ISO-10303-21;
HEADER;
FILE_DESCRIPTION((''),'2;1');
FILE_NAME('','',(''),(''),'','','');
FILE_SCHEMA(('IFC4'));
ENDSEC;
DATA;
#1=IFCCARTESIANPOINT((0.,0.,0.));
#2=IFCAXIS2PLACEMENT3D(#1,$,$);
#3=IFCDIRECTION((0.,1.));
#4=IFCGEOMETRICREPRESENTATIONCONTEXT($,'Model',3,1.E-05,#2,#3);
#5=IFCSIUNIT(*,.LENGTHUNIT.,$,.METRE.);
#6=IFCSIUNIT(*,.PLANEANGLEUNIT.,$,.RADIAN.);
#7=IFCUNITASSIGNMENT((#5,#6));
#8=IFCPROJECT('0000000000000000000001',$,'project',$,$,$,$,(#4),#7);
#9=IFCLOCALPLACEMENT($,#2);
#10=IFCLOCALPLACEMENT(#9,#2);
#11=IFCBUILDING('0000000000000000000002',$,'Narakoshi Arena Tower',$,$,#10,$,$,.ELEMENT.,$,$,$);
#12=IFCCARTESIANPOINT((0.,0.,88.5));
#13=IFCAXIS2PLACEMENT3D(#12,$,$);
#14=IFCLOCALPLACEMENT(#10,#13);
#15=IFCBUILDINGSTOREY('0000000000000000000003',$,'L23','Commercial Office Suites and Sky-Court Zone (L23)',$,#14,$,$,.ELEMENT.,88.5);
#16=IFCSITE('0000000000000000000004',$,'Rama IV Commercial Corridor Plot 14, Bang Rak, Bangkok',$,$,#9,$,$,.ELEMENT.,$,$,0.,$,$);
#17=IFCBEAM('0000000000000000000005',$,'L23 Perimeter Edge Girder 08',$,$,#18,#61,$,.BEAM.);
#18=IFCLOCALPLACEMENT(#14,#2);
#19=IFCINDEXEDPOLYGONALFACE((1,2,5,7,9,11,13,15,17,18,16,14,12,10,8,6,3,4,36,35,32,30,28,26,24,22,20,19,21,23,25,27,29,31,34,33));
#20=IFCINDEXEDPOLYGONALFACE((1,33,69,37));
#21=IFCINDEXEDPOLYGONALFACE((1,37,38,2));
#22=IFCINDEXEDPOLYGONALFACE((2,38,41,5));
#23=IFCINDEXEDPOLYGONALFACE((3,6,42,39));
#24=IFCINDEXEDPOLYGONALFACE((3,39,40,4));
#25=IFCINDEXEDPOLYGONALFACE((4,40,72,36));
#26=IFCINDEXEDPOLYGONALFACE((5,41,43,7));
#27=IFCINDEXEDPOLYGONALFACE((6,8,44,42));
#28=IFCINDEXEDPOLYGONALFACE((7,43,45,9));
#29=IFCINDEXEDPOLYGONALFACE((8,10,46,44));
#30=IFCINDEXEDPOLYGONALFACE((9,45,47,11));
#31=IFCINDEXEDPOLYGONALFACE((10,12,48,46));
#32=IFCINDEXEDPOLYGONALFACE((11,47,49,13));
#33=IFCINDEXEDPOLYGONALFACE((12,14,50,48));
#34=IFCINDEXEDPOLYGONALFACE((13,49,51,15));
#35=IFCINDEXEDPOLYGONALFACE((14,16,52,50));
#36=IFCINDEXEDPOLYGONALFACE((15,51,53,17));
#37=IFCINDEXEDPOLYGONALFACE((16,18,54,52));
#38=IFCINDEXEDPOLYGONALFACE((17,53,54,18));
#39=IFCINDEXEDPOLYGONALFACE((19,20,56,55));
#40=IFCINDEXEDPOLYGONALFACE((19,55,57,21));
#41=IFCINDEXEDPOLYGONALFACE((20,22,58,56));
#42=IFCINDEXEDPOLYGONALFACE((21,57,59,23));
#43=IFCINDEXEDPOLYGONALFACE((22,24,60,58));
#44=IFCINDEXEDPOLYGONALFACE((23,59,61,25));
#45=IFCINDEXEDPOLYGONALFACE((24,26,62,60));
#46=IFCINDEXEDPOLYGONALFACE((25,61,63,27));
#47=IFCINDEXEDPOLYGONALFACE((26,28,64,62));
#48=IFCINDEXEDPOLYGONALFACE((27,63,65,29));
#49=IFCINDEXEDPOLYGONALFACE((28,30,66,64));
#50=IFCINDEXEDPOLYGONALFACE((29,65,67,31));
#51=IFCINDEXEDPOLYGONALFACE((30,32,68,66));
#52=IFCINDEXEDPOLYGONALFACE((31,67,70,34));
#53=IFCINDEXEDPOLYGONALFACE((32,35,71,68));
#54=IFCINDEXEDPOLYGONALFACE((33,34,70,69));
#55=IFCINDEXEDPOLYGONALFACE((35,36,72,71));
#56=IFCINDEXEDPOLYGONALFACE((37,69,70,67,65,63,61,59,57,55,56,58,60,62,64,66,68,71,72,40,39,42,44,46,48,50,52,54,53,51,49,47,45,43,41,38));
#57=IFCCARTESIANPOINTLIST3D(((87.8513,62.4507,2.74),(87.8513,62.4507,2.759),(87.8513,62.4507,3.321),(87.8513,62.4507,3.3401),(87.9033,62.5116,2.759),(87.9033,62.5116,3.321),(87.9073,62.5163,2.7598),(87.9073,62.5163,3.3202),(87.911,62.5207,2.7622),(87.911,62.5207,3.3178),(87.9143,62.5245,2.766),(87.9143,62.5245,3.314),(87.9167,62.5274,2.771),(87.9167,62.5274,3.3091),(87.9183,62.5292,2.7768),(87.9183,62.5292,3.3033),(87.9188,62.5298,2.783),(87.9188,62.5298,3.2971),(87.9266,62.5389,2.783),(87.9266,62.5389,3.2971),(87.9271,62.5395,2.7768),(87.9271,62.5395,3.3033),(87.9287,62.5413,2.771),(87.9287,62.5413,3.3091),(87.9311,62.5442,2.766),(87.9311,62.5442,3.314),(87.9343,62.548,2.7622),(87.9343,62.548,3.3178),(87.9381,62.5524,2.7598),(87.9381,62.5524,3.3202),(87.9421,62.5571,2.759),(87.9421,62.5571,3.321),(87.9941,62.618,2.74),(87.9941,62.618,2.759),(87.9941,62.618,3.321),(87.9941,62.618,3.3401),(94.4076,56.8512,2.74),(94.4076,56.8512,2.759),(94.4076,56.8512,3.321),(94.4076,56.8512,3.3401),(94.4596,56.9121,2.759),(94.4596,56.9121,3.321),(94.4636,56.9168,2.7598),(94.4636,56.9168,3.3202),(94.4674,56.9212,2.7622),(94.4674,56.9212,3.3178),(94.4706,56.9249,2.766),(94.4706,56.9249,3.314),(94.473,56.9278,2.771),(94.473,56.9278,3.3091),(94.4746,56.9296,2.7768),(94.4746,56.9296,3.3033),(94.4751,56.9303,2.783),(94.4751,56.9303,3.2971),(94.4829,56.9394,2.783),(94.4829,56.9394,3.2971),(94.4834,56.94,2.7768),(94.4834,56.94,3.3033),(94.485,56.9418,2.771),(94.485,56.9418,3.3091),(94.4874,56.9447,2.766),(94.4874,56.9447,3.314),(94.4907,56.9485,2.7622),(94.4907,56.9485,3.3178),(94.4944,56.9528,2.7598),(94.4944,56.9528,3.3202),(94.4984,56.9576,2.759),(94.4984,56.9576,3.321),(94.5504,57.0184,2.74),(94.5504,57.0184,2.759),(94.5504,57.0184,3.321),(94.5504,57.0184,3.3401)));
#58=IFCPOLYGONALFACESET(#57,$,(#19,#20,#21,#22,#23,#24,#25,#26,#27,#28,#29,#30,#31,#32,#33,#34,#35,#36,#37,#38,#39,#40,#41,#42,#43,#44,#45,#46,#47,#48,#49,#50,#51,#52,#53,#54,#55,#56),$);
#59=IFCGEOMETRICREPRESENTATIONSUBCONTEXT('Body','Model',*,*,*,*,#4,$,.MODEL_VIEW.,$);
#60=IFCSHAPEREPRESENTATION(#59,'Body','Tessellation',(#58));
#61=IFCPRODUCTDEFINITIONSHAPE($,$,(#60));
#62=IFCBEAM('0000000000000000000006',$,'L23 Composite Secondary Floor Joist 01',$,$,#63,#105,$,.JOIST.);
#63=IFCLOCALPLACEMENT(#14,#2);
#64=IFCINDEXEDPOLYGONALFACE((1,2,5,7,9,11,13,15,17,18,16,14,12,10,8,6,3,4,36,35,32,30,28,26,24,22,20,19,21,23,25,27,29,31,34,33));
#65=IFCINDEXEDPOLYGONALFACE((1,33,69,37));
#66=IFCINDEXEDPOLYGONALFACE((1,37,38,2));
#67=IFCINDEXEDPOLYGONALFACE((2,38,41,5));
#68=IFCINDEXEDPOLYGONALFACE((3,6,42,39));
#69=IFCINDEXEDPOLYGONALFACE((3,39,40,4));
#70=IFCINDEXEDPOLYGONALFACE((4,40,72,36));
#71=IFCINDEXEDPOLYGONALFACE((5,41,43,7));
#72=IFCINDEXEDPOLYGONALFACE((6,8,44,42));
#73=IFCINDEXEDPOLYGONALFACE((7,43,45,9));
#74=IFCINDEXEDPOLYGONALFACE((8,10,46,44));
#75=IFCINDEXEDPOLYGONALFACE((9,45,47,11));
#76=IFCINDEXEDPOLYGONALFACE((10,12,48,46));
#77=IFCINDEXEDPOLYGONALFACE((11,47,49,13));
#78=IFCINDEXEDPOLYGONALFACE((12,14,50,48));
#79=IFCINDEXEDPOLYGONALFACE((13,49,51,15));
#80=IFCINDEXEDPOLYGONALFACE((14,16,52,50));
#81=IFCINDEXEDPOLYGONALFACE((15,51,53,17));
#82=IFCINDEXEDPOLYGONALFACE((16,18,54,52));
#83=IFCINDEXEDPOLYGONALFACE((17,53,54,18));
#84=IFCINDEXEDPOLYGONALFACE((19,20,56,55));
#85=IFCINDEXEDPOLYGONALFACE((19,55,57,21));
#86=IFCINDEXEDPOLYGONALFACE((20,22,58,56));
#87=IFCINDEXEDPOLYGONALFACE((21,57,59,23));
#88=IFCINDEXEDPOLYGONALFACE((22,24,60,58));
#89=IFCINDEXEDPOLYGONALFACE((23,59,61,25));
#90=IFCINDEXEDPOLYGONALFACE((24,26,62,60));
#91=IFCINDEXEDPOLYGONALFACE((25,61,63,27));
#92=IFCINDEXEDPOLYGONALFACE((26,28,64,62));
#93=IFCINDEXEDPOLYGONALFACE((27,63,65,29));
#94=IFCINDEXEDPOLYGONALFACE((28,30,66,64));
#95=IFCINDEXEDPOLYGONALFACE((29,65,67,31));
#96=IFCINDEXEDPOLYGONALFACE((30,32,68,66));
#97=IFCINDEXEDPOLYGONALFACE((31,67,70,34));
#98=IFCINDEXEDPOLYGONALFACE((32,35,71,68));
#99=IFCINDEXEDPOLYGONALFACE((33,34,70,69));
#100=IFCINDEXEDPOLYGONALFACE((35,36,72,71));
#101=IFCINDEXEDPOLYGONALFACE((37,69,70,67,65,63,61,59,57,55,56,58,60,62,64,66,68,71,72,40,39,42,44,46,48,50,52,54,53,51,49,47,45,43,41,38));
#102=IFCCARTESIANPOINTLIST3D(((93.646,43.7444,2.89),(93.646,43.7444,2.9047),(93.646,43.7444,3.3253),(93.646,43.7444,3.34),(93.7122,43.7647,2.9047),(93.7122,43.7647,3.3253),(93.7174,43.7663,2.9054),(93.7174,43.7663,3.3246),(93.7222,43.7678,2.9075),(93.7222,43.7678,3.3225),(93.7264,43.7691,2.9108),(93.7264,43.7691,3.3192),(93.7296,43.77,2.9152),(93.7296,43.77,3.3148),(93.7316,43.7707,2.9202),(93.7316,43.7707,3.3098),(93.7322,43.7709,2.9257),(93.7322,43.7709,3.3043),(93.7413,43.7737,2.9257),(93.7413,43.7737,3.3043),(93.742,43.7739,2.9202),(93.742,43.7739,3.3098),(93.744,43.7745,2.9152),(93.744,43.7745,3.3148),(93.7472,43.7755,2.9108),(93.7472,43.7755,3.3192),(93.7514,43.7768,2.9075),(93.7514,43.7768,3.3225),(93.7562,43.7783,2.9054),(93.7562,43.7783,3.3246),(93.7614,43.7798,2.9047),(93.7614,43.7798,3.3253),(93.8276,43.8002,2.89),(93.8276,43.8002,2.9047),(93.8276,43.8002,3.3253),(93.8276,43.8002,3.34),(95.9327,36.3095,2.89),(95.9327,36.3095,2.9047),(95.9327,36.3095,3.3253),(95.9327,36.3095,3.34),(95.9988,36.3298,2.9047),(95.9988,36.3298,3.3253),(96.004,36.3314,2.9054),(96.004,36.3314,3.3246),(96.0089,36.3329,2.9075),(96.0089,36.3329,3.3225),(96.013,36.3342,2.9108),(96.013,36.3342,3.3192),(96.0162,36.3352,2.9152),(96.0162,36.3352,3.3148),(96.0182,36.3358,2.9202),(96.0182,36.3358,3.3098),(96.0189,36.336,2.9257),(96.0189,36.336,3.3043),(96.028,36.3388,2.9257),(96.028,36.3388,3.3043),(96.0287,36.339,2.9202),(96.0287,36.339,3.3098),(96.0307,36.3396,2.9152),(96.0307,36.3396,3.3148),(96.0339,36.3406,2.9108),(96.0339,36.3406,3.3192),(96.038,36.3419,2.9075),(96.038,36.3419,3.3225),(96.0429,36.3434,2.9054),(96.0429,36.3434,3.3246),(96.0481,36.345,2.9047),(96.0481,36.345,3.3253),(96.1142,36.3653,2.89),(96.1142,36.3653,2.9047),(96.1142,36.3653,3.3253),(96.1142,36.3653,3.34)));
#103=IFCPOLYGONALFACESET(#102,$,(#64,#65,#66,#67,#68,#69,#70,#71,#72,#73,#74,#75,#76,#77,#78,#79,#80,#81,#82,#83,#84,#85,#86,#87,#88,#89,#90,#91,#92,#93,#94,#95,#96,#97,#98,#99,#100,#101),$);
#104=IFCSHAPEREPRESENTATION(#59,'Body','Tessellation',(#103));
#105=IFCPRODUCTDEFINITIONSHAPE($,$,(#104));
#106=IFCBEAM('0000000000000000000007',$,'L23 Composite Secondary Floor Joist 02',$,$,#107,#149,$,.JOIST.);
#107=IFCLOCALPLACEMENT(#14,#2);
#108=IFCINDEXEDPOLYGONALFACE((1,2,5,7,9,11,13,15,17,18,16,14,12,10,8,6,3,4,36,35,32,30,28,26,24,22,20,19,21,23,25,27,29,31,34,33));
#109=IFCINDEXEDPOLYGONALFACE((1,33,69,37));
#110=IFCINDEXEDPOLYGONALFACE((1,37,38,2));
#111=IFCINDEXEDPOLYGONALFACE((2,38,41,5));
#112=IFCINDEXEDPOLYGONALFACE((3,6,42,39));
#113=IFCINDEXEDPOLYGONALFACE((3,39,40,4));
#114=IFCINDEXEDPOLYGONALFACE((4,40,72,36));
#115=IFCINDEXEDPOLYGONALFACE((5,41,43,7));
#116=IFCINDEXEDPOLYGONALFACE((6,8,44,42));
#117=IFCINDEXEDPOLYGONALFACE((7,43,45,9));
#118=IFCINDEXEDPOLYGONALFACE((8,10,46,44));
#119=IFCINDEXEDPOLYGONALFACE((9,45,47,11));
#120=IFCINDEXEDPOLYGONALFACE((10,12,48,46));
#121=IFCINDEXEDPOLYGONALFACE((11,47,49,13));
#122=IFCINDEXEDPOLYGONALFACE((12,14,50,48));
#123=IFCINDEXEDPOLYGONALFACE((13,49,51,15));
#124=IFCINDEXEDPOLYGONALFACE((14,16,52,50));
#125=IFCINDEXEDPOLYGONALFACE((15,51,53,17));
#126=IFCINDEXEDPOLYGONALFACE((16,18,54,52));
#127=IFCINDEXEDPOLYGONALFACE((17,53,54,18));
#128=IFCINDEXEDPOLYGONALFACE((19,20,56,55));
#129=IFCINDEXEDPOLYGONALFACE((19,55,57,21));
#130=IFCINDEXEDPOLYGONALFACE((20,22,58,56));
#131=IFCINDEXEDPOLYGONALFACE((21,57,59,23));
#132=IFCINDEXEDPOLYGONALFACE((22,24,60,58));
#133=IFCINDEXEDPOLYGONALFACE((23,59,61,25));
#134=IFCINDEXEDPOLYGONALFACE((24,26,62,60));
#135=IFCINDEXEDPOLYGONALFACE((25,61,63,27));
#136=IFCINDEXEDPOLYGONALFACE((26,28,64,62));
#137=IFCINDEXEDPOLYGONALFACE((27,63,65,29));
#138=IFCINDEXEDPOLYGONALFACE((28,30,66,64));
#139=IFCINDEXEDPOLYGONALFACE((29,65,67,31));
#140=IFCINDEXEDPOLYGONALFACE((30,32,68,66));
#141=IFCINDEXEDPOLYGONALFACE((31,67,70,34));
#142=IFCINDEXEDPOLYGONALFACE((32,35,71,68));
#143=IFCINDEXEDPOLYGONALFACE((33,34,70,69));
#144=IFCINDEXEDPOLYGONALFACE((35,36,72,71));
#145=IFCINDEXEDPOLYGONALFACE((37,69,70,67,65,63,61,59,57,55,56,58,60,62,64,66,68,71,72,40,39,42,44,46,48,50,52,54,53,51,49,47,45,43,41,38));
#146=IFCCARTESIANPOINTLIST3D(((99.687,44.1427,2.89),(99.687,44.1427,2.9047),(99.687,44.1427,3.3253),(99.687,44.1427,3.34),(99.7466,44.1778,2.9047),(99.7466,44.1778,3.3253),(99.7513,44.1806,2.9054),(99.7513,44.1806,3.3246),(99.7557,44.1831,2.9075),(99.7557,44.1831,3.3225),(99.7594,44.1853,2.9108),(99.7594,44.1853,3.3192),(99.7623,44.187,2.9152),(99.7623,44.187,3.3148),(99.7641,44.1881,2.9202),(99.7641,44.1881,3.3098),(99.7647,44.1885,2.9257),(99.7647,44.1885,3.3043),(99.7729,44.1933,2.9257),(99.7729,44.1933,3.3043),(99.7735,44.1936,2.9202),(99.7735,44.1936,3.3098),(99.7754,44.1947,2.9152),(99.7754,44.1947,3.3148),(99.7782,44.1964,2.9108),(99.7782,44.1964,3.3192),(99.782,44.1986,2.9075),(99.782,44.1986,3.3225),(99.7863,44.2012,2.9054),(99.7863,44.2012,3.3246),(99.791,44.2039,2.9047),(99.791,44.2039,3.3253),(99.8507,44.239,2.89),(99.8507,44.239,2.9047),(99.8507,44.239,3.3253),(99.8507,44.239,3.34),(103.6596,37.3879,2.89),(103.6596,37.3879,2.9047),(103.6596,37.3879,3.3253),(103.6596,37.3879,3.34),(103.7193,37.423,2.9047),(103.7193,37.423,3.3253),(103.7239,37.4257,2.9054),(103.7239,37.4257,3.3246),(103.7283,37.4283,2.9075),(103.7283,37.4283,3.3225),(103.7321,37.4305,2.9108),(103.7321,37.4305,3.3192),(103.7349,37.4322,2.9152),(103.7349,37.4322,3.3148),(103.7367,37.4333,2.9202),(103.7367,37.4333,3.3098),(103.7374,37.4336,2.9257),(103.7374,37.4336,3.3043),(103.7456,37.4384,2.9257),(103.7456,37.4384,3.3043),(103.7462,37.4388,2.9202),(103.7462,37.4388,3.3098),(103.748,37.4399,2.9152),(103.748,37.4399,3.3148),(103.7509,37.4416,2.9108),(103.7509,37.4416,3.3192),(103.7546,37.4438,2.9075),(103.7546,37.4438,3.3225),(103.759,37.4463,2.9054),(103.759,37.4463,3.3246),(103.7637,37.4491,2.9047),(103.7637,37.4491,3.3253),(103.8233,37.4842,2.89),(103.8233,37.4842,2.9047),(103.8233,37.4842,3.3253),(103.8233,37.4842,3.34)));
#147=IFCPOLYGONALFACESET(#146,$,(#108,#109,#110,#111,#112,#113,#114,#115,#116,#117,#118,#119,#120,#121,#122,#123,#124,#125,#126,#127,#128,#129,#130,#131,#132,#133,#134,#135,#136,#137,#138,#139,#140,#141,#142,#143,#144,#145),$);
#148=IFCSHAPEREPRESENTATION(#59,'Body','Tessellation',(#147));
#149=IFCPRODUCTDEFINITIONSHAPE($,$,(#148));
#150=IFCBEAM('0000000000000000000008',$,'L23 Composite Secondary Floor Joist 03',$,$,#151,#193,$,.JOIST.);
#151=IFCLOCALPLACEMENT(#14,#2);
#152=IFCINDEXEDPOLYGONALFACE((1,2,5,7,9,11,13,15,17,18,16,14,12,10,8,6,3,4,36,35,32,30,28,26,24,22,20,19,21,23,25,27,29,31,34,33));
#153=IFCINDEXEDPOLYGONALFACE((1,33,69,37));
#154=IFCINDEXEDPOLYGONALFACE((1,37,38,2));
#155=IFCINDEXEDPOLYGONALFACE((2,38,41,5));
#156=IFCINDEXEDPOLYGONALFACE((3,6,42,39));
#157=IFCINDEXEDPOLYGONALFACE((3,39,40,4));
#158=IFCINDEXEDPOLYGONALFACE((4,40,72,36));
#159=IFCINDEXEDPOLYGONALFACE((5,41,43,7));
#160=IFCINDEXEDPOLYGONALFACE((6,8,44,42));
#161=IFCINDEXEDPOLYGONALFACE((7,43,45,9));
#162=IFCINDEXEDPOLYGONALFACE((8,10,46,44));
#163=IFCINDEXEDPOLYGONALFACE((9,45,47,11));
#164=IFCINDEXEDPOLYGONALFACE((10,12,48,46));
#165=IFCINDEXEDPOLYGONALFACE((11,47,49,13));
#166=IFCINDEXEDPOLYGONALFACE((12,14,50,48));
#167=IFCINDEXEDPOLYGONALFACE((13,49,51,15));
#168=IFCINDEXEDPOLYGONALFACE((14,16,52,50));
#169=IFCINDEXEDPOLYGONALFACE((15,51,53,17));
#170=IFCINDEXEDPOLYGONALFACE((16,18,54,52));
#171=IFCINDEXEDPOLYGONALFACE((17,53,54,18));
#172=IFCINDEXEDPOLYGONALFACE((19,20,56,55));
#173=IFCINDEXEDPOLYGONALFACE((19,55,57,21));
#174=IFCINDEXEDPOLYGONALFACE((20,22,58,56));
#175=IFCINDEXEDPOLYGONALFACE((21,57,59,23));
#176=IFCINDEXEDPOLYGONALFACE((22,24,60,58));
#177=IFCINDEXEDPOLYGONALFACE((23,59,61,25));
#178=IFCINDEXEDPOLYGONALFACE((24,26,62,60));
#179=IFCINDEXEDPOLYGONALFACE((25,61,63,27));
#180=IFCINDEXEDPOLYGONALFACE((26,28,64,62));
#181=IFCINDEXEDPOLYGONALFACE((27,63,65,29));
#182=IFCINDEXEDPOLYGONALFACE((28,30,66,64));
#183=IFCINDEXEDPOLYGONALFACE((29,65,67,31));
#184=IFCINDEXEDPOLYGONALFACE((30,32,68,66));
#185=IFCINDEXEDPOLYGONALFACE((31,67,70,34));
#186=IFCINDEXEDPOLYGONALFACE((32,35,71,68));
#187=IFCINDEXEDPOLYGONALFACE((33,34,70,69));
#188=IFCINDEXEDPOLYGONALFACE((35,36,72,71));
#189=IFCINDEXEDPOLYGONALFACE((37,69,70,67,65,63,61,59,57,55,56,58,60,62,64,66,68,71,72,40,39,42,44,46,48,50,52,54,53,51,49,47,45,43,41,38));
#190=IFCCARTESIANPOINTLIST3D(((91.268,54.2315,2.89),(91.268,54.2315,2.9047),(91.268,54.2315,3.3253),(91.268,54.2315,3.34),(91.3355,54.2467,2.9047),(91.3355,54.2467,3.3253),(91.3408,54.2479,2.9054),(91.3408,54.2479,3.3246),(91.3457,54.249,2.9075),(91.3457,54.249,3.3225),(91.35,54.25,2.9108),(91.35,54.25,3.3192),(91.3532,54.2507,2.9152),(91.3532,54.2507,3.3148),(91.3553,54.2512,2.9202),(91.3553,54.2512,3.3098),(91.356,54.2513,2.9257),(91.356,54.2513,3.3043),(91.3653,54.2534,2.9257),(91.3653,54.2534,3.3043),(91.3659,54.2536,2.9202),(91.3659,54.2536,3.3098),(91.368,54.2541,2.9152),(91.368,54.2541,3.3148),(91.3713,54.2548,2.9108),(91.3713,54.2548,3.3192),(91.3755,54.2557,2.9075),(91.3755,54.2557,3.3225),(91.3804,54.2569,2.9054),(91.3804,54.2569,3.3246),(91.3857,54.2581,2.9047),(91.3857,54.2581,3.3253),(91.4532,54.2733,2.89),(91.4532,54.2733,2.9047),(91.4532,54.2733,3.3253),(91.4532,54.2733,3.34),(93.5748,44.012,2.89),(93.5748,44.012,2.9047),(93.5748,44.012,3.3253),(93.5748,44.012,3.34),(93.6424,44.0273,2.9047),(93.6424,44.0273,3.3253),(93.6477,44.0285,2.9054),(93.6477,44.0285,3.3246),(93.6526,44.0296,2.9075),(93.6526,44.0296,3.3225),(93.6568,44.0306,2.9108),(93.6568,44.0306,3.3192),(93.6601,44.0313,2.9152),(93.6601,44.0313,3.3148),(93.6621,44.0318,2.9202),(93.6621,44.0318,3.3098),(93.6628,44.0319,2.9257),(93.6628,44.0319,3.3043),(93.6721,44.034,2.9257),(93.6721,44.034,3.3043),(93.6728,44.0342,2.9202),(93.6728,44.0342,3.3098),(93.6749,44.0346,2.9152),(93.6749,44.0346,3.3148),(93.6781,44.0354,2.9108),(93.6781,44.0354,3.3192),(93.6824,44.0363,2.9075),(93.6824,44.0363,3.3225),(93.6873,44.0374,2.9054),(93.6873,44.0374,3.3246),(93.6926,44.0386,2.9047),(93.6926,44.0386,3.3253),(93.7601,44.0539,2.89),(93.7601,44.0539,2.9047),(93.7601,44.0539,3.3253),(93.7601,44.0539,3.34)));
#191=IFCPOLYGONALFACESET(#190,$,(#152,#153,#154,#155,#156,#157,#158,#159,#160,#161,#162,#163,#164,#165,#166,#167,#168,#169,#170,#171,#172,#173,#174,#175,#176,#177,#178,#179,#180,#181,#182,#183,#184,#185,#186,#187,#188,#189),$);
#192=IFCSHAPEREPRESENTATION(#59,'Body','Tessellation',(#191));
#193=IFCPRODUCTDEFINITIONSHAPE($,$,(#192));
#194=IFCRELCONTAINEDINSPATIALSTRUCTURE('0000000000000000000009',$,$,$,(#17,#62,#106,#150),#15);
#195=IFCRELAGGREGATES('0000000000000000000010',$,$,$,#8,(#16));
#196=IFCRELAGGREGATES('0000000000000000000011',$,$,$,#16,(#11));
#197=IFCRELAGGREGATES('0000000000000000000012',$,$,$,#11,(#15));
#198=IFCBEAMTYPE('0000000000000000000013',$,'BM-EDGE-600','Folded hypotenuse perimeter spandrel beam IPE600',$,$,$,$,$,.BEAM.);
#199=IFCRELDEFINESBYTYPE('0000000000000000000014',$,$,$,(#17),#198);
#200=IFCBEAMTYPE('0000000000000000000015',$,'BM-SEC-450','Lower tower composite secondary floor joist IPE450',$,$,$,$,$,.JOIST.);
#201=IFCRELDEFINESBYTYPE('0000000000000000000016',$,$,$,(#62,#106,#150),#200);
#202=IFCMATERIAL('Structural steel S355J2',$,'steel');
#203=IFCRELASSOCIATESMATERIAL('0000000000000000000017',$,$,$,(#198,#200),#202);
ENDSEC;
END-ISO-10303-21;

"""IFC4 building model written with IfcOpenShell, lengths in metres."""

from ifc_helpers import new_model, si_unit, direction, frame, origin, origin_2d, place, context, subcontext, project, spatial, i_section, extrude, material, material_profile, profile_set, type_object, element, save


model = new_model("IFC4")

# Units and contexts
model_context = context("Model", 3, precision=1e-05, world=origin(), true_north=direction((0.0, 1.0)))
body_context = subcontext(model_context, "Body", "Model", "MODEL_VIEW")
ifc_project = project(units=[si_unit("LENGTHUNIT", "METRE"), si_unit("PLANEANGLEUNIT", "RADIAN")], contexts=[model_context])

# Site, building, storey
site_placement = place(None, origin())
site = spatial("IfcSite", under=ifc_project, at=site_placement, Name="Rama IV Commercial Corridor Plot 14, Bang Rak, Bangkok", CompositionType="ELEMENT", RefElevation=0.0)
building_placement = place(site_placement, origin())
building = spatial("IfcBuilding", under=site, at=building_placement, Name="Narakoshi Arena Tower", CompositionType="ELEMENT")
storey_placement = place(building_placement, frame((0.0, 0.0, 88.5)))
storey = spatial("IfcBuildingStorey", under=building, at=storey_placement, Name="L23", Description="Commercial Office Suites and Sky-Court Zone (L23)", CompositionType="ELEMENT", Elevation=88.5)

# Beams
ifc_material_1 = material(Name="Structural steel S355J2", Category="steel")
ifc_material_profile_1 = material_profile(ifc_material_1, i_section(OverallWidth=0.22, OverallDepth=0.6001, WebThickness=0.012, FlangeThickness=0.019, FilletRadius=0.0239, at=origin_2d()), Name="IPE600")
ifc_profile_set_1 = profile_set([ifc_material_profile_1], Name="Structural steel S355J2")
beam_type_1 = type_object("IfcBeamType", Name="BM-EDGE-600", Description="Folded hypotenuse perimeter spandrel beam IPE600", PredefinedType="BEAM", material=ifc_profile_set_1)
beam_1_placement = place(storey_placement, frame((94.479, 56.9348, 3.04), z_axis=(-0.760411, 0.649443, 0.0), x_axis=(-0.649443, -0.760411, 0.0)))
element("IfcBeam", 1, at=beam_1_placement, inside=storey, type_object=beam_type_1, Name="L23 Perimeter Edge Girder 08", PredefinedType="BEAM", context=body_context, shape_type="SweptSolid", body=[
    extrude(i_section(OverallWidth=0.22, OverallDepth=0.6001, WebThickness=0.012, FlangeThickness=0.019, FilletRadius=0.0239, at=origin_2d()), origin(), (0.0, 0.0, 1.0), 8.6221),
])
ifc_material_profile_2 = material_profile(ifc_material_1, i_section(OverallWidth=0.1899, OverallDepth=0.45, WebThickness=0.0095, FlangeThickness=0.0146, FilletRadius=0.021, at=origin_2d()), Name="IPE450")
ifc_profile_set_2 = profile_set([ifc_material_profile_2], Name="Structural steel S355J2")
beam_type_2 = type_object("IfcBeamType", Name="BM-SEC-450", Description="Lower tower composite secondary floor joist IPE450", PredefinedType="JOIST", material=ifc_profile_set_2)
beam_2_placement = place(storey_placement, frame((96.0234, 36.3374, 3.115), z_axis=(-0.293967, 0.955816, 0.0), x_axis=(-0.955816, -0.293967, 0.0)))
element("IfcBeam", 2, at=beam_2_placement, inside=storey, type_object=beam_type_2, Name="L23 Composite Secondary Floor Joist 01", PredefinedType="JOIST", context=body_context, shape_type="SweptSolid", body=[
    extrude(i_section(OverallWidth=0.1899, OverallDepth=0.45, WebThickness=0.0095, FlangeThickness=0.0146, FilletRadius=0.021, at=origin_2d()), origin(), (0.0, 0.0, 1.0), 7.7786),
])
beam_3_placement = place(storey_placement, frame((103.7415, 37.436, 3.115), z_axis=(-0.506944, 0.861979, 0.0), x_axis=(-0.861979, -0.506944, 0.0)))
element("IfcBeam", 3, at=beam_3_placement, inside=storey, type_object=beam_type_2, Name="L23 Composite Secondary Floor Joist 02", PredefinedType="JOIST", context=body_context, shape_type="SweptSolid", body=[
    extrude(i_section(OverallWidth=0.1899, OverallDepth=0.45, WebThickness=0.0095, FlangeThickness=0.0146, FilletRadius=0.021, at=origin_2d()), origin(), (0.0, 0.0, 1.0), 7.8364),
])
beam_4_placement = place(storey_placement, frame((93.6675, 44.033, 3.115), z_axis=(-0.220194, 0.975456, 0.0), x_axis=(-0.975456, -0.220194, 0.0)))
element("IfcBeam", 4, at=beam_4_placement, inside=storey, type_object=beam_type_2, Name="L23 Composite Secondary Floor Joist 03", PredefinedType="JOIST", context=body_context, shape_type="SweptSolid", body=[
    extrude(i_section(OverallWidth=0.1899, OverallDepth=0.45, WebThickness=0.0095, FlangeThickness=0.0146, FilletRadius=0.021, at=origin_2d()), origin(), (0.0, 0.0, 1.0), 10.4766),
])

save(model, "model.ifc")
